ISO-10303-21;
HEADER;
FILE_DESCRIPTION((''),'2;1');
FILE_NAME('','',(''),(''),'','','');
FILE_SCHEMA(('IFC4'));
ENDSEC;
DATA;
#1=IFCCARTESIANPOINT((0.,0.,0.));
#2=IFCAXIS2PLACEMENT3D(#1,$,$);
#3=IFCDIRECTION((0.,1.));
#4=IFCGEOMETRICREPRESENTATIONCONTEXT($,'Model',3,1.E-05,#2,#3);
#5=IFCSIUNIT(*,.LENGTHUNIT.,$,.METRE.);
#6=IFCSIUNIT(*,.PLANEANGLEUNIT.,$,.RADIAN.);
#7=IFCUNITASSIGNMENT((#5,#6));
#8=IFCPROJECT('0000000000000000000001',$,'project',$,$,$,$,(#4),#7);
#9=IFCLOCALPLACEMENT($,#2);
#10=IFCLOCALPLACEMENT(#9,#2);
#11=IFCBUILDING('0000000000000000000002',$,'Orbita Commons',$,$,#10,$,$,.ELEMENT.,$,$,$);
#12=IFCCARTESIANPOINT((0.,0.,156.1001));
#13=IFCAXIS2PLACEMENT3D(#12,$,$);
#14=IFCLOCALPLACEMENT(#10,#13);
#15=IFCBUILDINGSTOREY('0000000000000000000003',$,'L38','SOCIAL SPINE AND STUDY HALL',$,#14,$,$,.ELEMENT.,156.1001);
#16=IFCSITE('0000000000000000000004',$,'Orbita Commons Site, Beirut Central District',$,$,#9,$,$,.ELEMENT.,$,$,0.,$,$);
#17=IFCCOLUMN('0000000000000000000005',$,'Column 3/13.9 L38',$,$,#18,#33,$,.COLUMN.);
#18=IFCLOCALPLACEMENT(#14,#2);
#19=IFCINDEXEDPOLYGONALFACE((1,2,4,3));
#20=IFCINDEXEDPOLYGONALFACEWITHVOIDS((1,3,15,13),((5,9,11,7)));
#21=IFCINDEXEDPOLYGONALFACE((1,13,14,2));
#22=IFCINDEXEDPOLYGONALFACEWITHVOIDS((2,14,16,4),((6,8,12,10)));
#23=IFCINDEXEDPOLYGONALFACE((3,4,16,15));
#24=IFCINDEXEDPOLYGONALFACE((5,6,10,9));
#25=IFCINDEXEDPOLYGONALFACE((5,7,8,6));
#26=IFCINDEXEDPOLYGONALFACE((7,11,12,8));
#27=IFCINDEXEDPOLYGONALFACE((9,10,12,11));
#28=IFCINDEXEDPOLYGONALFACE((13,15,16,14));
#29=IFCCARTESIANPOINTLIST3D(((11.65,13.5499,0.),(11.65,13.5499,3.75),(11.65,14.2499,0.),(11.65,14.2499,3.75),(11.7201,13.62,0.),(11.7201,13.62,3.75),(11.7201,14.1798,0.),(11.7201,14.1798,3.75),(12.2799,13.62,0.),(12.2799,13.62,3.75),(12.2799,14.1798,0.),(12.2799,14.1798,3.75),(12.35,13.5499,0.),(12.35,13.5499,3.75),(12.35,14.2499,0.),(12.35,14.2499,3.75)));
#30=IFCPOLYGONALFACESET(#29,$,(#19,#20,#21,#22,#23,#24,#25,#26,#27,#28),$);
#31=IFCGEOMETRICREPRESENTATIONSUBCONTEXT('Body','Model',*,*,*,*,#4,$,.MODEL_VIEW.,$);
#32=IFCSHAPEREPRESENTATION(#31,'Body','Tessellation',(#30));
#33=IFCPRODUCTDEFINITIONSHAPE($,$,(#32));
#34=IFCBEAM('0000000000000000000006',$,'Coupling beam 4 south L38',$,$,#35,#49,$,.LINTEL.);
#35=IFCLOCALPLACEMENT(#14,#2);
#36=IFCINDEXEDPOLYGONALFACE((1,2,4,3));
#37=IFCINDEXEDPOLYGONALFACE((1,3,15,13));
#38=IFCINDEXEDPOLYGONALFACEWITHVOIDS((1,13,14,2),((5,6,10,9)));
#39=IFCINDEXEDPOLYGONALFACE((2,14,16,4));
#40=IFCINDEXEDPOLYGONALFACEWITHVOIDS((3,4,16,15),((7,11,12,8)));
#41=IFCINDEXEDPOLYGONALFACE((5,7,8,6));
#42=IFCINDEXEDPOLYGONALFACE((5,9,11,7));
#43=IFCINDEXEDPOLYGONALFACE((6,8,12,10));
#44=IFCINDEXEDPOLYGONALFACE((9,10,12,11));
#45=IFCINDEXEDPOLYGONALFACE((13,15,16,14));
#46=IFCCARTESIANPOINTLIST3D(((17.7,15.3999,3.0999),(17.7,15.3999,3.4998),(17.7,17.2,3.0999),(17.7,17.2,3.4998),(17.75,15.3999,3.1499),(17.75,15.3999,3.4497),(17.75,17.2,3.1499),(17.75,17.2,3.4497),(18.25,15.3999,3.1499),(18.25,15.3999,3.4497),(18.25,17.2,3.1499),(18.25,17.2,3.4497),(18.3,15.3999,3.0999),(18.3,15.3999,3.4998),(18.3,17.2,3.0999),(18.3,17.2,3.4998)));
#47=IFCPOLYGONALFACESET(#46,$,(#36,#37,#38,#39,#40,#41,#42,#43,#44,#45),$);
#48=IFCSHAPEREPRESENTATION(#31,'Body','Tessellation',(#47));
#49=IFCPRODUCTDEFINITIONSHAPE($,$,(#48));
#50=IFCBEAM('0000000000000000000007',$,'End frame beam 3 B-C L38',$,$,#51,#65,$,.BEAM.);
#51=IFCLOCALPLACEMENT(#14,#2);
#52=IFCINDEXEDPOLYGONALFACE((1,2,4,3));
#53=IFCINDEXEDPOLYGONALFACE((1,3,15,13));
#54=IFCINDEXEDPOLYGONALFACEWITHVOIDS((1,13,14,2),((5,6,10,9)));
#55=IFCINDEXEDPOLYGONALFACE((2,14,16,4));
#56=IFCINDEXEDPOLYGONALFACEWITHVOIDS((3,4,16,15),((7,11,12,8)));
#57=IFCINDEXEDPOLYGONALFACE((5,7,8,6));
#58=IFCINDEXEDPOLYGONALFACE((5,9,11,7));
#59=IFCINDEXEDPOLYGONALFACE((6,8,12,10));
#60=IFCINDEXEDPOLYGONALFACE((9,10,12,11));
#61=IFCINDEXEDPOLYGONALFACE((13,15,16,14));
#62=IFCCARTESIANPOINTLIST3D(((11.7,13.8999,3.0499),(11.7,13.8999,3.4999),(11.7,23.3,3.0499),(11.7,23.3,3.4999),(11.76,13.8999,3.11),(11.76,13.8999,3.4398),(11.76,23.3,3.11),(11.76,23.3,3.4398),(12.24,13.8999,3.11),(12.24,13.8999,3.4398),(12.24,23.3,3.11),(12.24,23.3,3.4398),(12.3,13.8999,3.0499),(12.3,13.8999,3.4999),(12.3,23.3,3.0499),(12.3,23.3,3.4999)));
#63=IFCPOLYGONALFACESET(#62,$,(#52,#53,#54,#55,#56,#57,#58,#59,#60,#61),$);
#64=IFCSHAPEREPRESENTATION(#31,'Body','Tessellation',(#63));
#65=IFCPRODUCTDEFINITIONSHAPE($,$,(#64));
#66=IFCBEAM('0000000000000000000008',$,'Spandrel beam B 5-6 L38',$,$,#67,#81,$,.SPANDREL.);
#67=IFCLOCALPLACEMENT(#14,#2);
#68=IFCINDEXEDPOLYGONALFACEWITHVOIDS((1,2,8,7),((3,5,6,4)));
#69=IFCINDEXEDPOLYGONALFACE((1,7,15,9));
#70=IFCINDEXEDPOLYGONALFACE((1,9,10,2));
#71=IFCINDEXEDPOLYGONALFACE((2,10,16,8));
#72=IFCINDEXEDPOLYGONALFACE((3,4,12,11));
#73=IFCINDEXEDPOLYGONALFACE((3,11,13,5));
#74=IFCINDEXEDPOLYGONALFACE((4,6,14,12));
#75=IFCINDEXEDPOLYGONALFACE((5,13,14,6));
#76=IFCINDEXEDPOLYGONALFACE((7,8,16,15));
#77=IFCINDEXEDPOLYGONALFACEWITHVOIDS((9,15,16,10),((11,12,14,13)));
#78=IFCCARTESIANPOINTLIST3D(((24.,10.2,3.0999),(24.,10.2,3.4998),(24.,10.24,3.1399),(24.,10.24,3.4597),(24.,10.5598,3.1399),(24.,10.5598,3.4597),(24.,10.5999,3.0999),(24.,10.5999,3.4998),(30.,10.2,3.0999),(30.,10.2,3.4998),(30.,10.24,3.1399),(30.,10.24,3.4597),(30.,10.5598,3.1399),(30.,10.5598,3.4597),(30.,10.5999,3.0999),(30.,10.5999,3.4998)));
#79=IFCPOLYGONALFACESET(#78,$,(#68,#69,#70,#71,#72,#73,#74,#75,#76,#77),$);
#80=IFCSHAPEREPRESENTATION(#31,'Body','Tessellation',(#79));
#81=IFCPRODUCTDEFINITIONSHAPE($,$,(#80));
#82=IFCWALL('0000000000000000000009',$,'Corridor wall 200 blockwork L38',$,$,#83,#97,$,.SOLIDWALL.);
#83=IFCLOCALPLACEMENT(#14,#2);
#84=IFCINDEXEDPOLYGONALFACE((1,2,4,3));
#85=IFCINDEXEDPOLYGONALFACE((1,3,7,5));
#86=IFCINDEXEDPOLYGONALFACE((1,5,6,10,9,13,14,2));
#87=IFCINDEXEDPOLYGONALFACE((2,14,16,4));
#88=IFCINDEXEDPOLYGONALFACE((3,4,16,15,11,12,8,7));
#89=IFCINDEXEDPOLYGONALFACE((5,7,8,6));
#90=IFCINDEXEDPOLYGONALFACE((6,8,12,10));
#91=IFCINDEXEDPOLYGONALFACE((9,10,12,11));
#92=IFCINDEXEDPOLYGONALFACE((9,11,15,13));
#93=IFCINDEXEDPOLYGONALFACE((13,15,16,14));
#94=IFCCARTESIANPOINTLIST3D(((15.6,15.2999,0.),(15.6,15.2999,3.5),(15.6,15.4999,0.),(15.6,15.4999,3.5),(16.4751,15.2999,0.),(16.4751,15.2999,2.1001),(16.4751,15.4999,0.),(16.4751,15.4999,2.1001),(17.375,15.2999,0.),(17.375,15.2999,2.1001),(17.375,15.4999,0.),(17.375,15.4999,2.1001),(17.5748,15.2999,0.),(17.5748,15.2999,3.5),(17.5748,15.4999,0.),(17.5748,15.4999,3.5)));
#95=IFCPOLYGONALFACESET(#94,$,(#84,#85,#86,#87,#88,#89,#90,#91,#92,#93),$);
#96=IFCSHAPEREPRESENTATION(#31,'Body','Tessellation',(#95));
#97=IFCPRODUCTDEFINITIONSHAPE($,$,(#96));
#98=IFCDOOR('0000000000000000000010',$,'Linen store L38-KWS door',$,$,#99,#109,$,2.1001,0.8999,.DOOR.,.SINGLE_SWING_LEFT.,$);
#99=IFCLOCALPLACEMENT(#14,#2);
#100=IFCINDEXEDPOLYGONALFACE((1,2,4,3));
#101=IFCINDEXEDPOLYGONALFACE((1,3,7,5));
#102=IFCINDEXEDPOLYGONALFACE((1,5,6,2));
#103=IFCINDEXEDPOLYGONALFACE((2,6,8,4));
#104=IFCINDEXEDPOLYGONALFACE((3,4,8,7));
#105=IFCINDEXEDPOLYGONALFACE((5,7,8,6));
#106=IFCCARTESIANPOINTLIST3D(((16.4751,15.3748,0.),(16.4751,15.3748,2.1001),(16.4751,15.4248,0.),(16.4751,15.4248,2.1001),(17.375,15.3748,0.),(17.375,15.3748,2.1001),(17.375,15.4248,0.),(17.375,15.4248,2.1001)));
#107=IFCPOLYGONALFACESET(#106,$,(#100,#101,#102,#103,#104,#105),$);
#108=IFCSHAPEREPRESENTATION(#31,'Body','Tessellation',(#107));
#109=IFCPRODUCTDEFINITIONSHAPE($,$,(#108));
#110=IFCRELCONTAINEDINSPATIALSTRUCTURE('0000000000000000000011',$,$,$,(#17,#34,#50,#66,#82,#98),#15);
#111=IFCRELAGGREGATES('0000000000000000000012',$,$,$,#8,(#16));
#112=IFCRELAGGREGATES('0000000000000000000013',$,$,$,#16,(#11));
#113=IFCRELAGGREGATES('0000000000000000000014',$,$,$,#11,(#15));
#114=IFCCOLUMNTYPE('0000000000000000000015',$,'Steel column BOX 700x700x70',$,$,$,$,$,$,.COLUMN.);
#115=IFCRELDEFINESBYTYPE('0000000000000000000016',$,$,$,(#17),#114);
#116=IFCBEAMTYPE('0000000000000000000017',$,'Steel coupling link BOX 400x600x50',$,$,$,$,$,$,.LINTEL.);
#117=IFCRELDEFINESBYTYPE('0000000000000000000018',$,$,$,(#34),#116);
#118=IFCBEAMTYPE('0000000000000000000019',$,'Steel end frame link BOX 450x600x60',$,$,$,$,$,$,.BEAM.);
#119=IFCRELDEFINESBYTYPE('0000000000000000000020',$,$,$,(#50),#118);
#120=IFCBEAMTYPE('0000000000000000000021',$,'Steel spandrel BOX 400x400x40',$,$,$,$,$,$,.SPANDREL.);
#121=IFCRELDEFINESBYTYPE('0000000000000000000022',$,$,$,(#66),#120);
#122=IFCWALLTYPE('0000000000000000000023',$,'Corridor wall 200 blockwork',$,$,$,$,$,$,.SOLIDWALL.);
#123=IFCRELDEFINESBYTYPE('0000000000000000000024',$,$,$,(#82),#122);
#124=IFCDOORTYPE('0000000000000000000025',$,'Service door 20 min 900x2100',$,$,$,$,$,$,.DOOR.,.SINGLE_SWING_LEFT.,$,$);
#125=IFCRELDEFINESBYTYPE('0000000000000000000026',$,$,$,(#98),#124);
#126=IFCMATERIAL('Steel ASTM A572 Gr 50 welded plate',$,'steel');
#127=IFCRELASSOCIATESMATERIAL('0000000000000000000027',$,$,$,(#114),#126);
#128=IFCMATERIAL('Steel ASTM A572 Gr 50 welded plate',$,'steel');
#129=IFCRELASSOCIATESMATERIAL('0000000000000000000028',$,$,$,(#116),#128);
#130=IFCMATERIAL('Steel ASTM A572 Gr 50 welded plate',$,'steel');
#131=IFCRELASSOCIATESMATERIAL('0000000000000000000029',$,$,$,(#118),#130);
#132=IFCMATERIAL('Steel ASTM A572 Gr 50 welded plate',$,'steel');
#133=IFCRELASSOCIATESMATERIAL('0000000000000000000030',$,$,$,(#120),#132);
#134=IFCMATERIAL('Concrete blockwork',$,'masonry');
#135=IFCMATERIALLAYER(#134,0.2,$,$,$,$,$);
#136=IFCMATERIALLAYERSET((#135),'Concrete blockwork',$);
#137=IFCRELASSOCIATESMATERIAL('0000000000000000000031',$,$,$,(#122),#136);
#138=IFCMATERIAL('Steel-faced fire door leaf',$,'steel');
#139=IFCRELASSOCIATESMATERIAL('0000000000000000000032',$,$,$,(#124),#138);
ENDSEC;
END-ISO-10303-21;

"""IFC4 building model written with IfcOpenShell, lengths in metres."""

from ifc_helpers import new_model, si_unit, direction, frame, frame_2d, origin, origin_2d, place, context, subcontext, project, spatial, rectangle, hollow_rectangle, extrude, material, layer, layer_set, material_profile, profile_set, type_object, element, fill, save


model = new_model("IFC4")

# Units and contexts
model_context = context("Model", 3, precision=1e-05, world=origin(), true_north=direction((0.0, 1.0)))
body_context = subcontext(model_context, "Body", "Model", "MODEL_VIEW")
ifc_project = project(units=[si_unit("LENGTHUNIT", "METRE"), si_unit("PLANEANGLEUNIT", "RADIAN")], contexts=[model_context])

# Site, building, storey
site_placement = place(None, origin())
site = spatial("IfcSite", under=ifc_project, at=site_placement, Name="Orbita Commons Site, Beirut Central District", CompositionType="ELEMENT", RefElevation=0.0)
building_placement = place(site_placement, origin())
building = spatial("IfcBuilding", under=site, at=building_placement, Name="Orbita Commons", CompositionType="ELEMENT")
storey_placement = place(building_placement, frame((0.0, 0.0, 156.1001)))
storey = spatial("IfcBuildingStorey", under=building, at=storey_placement, Name="L38", Description="SOCIAL SPINE AND STUDY HALL", CompositionType="ELEMENT", Elevation=156.1001)

# Column
ifc_material_1 = material(Name="Steel ASTM A572 Gr 50 welded plate", Category="steel")
ifc_material_profile_1 = material_profile(ifc_material_1, hollow_rectangle(XDim=0.7, YDim=0.7, WallThickness=0.0701, at=origin_2d()), Name="BOX 700x700x70")
ifc_profile_set_1 = profile_set([ifc_material_profile_1], Name="Steel ASTM A572 Gr 50 welded plate")
column_type = type_object("IfcColumnType", Name="Steel column BOX 700x700x70", PredefinedType="COLUMN", material=ifc_profile_set_1)
column_placement = place(storey_placement, frame((12.0, 13.8999, 0.0), z_axis=(0.0, 0.0, 1.0), x_axis=(1.0, 0.0, 0.0)))
element("IfcColumn", 1, at=column_placement, inside=storey, type_object=column_type, Name="Column 3/13.9 L38", PredefinedType="COLUMN", context=body_context, shape_type="SweptSolid", body=[
    extrude(hollow_rectangle(XDim=0.7, YDim=0.7, WallThickness=0.0701, at=origin_2d()), origin(), (0.0, 0.0, 1.0), 3.75),
])

# Beams
ifc_material_2 = material(Name="Steel ASTM A572 Gr 50 welded plate", Category="steel")
ifc_material_profile_2 = material_profile(ifc_material_2, hollow_rectangle(XDim=0.6001, YDim=0.3999, WallThickness=0.05, at=origin_2d()), Name="BOX 400x600x50")
ifc_profile_set_2 = profile_set([ifc_material_profile_2], Name="Steel ASTM A572 Gr 50 welded plate")
beam_type_1 = type_object("IfcBeamType", Name="Steel coupling link BOX 400x600x50", PredefinedType="LINTEL", material=ifc_profile_set_2)
beam_1_placement = place(storey_placement, frame((18.0, 15.3999, 3.2998), z_axis=(0.0, 1.0, 0.0), x_axis=(-1.0, 0.0, 0.0)))
element("IfcBeam", 2, at=beam_1_placement, inside=storey, type_object=beam_type_1, Name="Coupling beam 4 south L38", PredefinedType="LINTEL", context=body_context, shape_type="SweptSolid", body=[
    extrude(hollow_rectangle(XDim=0.6001, YDim=0.3999, WallThickness=0.05, at=origin_2d()), origin(), (0.0, 0.0, 1.0), 1.8),
])
ifc_material_3 = material(Name="Steel ASTM A572 Gr 50 welded plate", Category="steel")
ifc_material_profile_3 = material_profile(ifc_material_3, hollow_rectangle(XDim=0.6001, YDim=0.45, WallThickness=0.0601, at=origin_2d()), Name="BOX 450x600x60")
ifc_profile_set_3 = profile_set([ifc_material_profile_3], Name="Steel ASTM A572 Gr 50 welded plate")
beam_type_2 = type_object("IfcBeamType", Name="Steel end frame link BOX 450x600x60", PredefinedType="BEAM", material=ifc_profile_set_3)
beam_2_placement = place(storey_placement, frame((12.0, 13.8999, 3.2749), z_axis=(0.0, 1.0, 0.0), x_axis=(-1.0, 0.0, 0.0)))
element("IfcBeam", 3, at=beam_2_placement, inside=storey, type_object=beam_type_2, Name="End frame beam 3 B-C L38", PredefinedType="BEAM", context=body_context, shape_type="SweptSolid", body=[
    extrude(hollow_rectangle(XDim=0.6001, YDim=0.45, WallThickness=0.0601, at=origin_2d()), origin(), (0.0, 0.0, 1.0), 9.4001),
])
ifc_material_4 = material(Name="Steel ASTM A572 Gr 50 welded plate", Category="steel")
ifc_material_profile_4 = material_profile(ifc_material_4, hollow_rectangle(XDim=0.3999, YDim=0.3999, WallThickness=0.04, at=origin_2d()), Name="BOX 400x400x40")
ifc_profile_set_4 = profile_set([ifc_material_profile_4], Name="Steel ASTM A572 Gr 50 welded plate")
beam_type_3 = type_object("IfcBeamType", Name="Steel spandrel BOX 400x400x40", PredefinedType="SPANDREL", material=ifc_profile_set_4)
beam_3_placement = place(storey_placement, frame((24.0, 10.3999, 3.2998), z_axis=(1.0, 0.0, 0.0), x_axis=(0.0, 1.0, 0.0)))
element("IfcBeam", 4, at=beam_3_placement, inside=storey, type_object=beam_type_3, Name="Spandrel beam B 5-6 L38", PredefinedType="SPANDREL", context=body_context, shape_type="SweptSolid", body=[
    extrude(hollow_rectangle(XDim=0.3999, YDim=0.3999, WallThickness=0.04, at=origin_2d()), origin(), (0.0, 0.0, 1.0), 6.0),
])

# Wall, opening, door
ifc_material_5 = material(Name="Concrete blockwork", Category="masonry")
ifc_layer_1 = layer(ifc_material_5, 0.2)
ifc_layer_set_1 = layer_set([ifc_layer_1], Name="Concrete blockwork")
wall_type_1 = type_object("IfcWallType", Name="Corridor wall 200 blockwork", PredefinedType="SOLIDWALL", material=ifc_layer_set_1)
wall_1_placement = place(storey_placement, frame((15.6001, 15.3999, 0.0), z_axis=(0.0, 0.0, 1.0), x_axis=(1.0, 0.0, 0.0)))
wall_1 = element("IfcWall", 5, at=wall_1_placement, inside=storey, type_object=wall_type_1, Name="Corridor wall 200 blockwork L38", PredefinedType="SOLIDWALL", context=body_context, shape_type="SweptSolid", body=[
    extrude(rectangle(XDim=1.9749, YDim=0.2, at=frame_2d((0.9873, 0.0))), origin(), (0.0, 0.0, 1.0), 3.5),
])
opening_1_placement = place(wall_1_placement, frame((0.875, 0.0, 0.0)))
opening_1 = element("IfcOpeningElement", 6, at=opening_1_placement, cuts=wall_1, PredefinedType="OPENING", context=body_context, shape_type="SweptSolid", body=[
    extrude(rectangle(XDim=0.8999, YDim=2.1001, at=frame_2d((0.45, 1.05))), frame((0.0, 0.1099, 0.0), z_axis=(0.0, -1.0, 0.0), x_axis=(1.0, 0.0, 0.0)), (0.0, 0.0, 1.0), 0.22),
])
ifc_material_6 = material(Name="Steel-faced fire door leaf", Category="steel")
door_type_1 = type_object("IfcDoorType", Name="Service door 20 min 900x2100", OperationType="SINGLE_SWING_LEFT", PredefinedType="DOOR", material=ifc_material_6)
door_1_placement = place(opening_1_placement, origin())
door_1 = element("IfcDoor", 7, at=door_1_placement, inside=storey, type_object=door_type_1, Name="Linen store L38-KWS door", OperationType="SINGLE_SWING_LEFT", OverallHeight=2.1001, OverallWidth=0.8999, PredefinedType="DOOR", context=body_context, shape_type="SweptSolid", body=[
    extrude(rectangle(XDim=0.8999, YDim=2.1001, at=frame_2d((0.45, 1.05))), frame((0.0, 0.0249, 0.0), z_axis=(0.0, -1.0, 0.0), x_axis=(1.0, 0.0, 0.0)), (0.0, 0.0, 1.0), 0.05),
])
fill(opening_1, door_1)

save(model, "model.ifc")
